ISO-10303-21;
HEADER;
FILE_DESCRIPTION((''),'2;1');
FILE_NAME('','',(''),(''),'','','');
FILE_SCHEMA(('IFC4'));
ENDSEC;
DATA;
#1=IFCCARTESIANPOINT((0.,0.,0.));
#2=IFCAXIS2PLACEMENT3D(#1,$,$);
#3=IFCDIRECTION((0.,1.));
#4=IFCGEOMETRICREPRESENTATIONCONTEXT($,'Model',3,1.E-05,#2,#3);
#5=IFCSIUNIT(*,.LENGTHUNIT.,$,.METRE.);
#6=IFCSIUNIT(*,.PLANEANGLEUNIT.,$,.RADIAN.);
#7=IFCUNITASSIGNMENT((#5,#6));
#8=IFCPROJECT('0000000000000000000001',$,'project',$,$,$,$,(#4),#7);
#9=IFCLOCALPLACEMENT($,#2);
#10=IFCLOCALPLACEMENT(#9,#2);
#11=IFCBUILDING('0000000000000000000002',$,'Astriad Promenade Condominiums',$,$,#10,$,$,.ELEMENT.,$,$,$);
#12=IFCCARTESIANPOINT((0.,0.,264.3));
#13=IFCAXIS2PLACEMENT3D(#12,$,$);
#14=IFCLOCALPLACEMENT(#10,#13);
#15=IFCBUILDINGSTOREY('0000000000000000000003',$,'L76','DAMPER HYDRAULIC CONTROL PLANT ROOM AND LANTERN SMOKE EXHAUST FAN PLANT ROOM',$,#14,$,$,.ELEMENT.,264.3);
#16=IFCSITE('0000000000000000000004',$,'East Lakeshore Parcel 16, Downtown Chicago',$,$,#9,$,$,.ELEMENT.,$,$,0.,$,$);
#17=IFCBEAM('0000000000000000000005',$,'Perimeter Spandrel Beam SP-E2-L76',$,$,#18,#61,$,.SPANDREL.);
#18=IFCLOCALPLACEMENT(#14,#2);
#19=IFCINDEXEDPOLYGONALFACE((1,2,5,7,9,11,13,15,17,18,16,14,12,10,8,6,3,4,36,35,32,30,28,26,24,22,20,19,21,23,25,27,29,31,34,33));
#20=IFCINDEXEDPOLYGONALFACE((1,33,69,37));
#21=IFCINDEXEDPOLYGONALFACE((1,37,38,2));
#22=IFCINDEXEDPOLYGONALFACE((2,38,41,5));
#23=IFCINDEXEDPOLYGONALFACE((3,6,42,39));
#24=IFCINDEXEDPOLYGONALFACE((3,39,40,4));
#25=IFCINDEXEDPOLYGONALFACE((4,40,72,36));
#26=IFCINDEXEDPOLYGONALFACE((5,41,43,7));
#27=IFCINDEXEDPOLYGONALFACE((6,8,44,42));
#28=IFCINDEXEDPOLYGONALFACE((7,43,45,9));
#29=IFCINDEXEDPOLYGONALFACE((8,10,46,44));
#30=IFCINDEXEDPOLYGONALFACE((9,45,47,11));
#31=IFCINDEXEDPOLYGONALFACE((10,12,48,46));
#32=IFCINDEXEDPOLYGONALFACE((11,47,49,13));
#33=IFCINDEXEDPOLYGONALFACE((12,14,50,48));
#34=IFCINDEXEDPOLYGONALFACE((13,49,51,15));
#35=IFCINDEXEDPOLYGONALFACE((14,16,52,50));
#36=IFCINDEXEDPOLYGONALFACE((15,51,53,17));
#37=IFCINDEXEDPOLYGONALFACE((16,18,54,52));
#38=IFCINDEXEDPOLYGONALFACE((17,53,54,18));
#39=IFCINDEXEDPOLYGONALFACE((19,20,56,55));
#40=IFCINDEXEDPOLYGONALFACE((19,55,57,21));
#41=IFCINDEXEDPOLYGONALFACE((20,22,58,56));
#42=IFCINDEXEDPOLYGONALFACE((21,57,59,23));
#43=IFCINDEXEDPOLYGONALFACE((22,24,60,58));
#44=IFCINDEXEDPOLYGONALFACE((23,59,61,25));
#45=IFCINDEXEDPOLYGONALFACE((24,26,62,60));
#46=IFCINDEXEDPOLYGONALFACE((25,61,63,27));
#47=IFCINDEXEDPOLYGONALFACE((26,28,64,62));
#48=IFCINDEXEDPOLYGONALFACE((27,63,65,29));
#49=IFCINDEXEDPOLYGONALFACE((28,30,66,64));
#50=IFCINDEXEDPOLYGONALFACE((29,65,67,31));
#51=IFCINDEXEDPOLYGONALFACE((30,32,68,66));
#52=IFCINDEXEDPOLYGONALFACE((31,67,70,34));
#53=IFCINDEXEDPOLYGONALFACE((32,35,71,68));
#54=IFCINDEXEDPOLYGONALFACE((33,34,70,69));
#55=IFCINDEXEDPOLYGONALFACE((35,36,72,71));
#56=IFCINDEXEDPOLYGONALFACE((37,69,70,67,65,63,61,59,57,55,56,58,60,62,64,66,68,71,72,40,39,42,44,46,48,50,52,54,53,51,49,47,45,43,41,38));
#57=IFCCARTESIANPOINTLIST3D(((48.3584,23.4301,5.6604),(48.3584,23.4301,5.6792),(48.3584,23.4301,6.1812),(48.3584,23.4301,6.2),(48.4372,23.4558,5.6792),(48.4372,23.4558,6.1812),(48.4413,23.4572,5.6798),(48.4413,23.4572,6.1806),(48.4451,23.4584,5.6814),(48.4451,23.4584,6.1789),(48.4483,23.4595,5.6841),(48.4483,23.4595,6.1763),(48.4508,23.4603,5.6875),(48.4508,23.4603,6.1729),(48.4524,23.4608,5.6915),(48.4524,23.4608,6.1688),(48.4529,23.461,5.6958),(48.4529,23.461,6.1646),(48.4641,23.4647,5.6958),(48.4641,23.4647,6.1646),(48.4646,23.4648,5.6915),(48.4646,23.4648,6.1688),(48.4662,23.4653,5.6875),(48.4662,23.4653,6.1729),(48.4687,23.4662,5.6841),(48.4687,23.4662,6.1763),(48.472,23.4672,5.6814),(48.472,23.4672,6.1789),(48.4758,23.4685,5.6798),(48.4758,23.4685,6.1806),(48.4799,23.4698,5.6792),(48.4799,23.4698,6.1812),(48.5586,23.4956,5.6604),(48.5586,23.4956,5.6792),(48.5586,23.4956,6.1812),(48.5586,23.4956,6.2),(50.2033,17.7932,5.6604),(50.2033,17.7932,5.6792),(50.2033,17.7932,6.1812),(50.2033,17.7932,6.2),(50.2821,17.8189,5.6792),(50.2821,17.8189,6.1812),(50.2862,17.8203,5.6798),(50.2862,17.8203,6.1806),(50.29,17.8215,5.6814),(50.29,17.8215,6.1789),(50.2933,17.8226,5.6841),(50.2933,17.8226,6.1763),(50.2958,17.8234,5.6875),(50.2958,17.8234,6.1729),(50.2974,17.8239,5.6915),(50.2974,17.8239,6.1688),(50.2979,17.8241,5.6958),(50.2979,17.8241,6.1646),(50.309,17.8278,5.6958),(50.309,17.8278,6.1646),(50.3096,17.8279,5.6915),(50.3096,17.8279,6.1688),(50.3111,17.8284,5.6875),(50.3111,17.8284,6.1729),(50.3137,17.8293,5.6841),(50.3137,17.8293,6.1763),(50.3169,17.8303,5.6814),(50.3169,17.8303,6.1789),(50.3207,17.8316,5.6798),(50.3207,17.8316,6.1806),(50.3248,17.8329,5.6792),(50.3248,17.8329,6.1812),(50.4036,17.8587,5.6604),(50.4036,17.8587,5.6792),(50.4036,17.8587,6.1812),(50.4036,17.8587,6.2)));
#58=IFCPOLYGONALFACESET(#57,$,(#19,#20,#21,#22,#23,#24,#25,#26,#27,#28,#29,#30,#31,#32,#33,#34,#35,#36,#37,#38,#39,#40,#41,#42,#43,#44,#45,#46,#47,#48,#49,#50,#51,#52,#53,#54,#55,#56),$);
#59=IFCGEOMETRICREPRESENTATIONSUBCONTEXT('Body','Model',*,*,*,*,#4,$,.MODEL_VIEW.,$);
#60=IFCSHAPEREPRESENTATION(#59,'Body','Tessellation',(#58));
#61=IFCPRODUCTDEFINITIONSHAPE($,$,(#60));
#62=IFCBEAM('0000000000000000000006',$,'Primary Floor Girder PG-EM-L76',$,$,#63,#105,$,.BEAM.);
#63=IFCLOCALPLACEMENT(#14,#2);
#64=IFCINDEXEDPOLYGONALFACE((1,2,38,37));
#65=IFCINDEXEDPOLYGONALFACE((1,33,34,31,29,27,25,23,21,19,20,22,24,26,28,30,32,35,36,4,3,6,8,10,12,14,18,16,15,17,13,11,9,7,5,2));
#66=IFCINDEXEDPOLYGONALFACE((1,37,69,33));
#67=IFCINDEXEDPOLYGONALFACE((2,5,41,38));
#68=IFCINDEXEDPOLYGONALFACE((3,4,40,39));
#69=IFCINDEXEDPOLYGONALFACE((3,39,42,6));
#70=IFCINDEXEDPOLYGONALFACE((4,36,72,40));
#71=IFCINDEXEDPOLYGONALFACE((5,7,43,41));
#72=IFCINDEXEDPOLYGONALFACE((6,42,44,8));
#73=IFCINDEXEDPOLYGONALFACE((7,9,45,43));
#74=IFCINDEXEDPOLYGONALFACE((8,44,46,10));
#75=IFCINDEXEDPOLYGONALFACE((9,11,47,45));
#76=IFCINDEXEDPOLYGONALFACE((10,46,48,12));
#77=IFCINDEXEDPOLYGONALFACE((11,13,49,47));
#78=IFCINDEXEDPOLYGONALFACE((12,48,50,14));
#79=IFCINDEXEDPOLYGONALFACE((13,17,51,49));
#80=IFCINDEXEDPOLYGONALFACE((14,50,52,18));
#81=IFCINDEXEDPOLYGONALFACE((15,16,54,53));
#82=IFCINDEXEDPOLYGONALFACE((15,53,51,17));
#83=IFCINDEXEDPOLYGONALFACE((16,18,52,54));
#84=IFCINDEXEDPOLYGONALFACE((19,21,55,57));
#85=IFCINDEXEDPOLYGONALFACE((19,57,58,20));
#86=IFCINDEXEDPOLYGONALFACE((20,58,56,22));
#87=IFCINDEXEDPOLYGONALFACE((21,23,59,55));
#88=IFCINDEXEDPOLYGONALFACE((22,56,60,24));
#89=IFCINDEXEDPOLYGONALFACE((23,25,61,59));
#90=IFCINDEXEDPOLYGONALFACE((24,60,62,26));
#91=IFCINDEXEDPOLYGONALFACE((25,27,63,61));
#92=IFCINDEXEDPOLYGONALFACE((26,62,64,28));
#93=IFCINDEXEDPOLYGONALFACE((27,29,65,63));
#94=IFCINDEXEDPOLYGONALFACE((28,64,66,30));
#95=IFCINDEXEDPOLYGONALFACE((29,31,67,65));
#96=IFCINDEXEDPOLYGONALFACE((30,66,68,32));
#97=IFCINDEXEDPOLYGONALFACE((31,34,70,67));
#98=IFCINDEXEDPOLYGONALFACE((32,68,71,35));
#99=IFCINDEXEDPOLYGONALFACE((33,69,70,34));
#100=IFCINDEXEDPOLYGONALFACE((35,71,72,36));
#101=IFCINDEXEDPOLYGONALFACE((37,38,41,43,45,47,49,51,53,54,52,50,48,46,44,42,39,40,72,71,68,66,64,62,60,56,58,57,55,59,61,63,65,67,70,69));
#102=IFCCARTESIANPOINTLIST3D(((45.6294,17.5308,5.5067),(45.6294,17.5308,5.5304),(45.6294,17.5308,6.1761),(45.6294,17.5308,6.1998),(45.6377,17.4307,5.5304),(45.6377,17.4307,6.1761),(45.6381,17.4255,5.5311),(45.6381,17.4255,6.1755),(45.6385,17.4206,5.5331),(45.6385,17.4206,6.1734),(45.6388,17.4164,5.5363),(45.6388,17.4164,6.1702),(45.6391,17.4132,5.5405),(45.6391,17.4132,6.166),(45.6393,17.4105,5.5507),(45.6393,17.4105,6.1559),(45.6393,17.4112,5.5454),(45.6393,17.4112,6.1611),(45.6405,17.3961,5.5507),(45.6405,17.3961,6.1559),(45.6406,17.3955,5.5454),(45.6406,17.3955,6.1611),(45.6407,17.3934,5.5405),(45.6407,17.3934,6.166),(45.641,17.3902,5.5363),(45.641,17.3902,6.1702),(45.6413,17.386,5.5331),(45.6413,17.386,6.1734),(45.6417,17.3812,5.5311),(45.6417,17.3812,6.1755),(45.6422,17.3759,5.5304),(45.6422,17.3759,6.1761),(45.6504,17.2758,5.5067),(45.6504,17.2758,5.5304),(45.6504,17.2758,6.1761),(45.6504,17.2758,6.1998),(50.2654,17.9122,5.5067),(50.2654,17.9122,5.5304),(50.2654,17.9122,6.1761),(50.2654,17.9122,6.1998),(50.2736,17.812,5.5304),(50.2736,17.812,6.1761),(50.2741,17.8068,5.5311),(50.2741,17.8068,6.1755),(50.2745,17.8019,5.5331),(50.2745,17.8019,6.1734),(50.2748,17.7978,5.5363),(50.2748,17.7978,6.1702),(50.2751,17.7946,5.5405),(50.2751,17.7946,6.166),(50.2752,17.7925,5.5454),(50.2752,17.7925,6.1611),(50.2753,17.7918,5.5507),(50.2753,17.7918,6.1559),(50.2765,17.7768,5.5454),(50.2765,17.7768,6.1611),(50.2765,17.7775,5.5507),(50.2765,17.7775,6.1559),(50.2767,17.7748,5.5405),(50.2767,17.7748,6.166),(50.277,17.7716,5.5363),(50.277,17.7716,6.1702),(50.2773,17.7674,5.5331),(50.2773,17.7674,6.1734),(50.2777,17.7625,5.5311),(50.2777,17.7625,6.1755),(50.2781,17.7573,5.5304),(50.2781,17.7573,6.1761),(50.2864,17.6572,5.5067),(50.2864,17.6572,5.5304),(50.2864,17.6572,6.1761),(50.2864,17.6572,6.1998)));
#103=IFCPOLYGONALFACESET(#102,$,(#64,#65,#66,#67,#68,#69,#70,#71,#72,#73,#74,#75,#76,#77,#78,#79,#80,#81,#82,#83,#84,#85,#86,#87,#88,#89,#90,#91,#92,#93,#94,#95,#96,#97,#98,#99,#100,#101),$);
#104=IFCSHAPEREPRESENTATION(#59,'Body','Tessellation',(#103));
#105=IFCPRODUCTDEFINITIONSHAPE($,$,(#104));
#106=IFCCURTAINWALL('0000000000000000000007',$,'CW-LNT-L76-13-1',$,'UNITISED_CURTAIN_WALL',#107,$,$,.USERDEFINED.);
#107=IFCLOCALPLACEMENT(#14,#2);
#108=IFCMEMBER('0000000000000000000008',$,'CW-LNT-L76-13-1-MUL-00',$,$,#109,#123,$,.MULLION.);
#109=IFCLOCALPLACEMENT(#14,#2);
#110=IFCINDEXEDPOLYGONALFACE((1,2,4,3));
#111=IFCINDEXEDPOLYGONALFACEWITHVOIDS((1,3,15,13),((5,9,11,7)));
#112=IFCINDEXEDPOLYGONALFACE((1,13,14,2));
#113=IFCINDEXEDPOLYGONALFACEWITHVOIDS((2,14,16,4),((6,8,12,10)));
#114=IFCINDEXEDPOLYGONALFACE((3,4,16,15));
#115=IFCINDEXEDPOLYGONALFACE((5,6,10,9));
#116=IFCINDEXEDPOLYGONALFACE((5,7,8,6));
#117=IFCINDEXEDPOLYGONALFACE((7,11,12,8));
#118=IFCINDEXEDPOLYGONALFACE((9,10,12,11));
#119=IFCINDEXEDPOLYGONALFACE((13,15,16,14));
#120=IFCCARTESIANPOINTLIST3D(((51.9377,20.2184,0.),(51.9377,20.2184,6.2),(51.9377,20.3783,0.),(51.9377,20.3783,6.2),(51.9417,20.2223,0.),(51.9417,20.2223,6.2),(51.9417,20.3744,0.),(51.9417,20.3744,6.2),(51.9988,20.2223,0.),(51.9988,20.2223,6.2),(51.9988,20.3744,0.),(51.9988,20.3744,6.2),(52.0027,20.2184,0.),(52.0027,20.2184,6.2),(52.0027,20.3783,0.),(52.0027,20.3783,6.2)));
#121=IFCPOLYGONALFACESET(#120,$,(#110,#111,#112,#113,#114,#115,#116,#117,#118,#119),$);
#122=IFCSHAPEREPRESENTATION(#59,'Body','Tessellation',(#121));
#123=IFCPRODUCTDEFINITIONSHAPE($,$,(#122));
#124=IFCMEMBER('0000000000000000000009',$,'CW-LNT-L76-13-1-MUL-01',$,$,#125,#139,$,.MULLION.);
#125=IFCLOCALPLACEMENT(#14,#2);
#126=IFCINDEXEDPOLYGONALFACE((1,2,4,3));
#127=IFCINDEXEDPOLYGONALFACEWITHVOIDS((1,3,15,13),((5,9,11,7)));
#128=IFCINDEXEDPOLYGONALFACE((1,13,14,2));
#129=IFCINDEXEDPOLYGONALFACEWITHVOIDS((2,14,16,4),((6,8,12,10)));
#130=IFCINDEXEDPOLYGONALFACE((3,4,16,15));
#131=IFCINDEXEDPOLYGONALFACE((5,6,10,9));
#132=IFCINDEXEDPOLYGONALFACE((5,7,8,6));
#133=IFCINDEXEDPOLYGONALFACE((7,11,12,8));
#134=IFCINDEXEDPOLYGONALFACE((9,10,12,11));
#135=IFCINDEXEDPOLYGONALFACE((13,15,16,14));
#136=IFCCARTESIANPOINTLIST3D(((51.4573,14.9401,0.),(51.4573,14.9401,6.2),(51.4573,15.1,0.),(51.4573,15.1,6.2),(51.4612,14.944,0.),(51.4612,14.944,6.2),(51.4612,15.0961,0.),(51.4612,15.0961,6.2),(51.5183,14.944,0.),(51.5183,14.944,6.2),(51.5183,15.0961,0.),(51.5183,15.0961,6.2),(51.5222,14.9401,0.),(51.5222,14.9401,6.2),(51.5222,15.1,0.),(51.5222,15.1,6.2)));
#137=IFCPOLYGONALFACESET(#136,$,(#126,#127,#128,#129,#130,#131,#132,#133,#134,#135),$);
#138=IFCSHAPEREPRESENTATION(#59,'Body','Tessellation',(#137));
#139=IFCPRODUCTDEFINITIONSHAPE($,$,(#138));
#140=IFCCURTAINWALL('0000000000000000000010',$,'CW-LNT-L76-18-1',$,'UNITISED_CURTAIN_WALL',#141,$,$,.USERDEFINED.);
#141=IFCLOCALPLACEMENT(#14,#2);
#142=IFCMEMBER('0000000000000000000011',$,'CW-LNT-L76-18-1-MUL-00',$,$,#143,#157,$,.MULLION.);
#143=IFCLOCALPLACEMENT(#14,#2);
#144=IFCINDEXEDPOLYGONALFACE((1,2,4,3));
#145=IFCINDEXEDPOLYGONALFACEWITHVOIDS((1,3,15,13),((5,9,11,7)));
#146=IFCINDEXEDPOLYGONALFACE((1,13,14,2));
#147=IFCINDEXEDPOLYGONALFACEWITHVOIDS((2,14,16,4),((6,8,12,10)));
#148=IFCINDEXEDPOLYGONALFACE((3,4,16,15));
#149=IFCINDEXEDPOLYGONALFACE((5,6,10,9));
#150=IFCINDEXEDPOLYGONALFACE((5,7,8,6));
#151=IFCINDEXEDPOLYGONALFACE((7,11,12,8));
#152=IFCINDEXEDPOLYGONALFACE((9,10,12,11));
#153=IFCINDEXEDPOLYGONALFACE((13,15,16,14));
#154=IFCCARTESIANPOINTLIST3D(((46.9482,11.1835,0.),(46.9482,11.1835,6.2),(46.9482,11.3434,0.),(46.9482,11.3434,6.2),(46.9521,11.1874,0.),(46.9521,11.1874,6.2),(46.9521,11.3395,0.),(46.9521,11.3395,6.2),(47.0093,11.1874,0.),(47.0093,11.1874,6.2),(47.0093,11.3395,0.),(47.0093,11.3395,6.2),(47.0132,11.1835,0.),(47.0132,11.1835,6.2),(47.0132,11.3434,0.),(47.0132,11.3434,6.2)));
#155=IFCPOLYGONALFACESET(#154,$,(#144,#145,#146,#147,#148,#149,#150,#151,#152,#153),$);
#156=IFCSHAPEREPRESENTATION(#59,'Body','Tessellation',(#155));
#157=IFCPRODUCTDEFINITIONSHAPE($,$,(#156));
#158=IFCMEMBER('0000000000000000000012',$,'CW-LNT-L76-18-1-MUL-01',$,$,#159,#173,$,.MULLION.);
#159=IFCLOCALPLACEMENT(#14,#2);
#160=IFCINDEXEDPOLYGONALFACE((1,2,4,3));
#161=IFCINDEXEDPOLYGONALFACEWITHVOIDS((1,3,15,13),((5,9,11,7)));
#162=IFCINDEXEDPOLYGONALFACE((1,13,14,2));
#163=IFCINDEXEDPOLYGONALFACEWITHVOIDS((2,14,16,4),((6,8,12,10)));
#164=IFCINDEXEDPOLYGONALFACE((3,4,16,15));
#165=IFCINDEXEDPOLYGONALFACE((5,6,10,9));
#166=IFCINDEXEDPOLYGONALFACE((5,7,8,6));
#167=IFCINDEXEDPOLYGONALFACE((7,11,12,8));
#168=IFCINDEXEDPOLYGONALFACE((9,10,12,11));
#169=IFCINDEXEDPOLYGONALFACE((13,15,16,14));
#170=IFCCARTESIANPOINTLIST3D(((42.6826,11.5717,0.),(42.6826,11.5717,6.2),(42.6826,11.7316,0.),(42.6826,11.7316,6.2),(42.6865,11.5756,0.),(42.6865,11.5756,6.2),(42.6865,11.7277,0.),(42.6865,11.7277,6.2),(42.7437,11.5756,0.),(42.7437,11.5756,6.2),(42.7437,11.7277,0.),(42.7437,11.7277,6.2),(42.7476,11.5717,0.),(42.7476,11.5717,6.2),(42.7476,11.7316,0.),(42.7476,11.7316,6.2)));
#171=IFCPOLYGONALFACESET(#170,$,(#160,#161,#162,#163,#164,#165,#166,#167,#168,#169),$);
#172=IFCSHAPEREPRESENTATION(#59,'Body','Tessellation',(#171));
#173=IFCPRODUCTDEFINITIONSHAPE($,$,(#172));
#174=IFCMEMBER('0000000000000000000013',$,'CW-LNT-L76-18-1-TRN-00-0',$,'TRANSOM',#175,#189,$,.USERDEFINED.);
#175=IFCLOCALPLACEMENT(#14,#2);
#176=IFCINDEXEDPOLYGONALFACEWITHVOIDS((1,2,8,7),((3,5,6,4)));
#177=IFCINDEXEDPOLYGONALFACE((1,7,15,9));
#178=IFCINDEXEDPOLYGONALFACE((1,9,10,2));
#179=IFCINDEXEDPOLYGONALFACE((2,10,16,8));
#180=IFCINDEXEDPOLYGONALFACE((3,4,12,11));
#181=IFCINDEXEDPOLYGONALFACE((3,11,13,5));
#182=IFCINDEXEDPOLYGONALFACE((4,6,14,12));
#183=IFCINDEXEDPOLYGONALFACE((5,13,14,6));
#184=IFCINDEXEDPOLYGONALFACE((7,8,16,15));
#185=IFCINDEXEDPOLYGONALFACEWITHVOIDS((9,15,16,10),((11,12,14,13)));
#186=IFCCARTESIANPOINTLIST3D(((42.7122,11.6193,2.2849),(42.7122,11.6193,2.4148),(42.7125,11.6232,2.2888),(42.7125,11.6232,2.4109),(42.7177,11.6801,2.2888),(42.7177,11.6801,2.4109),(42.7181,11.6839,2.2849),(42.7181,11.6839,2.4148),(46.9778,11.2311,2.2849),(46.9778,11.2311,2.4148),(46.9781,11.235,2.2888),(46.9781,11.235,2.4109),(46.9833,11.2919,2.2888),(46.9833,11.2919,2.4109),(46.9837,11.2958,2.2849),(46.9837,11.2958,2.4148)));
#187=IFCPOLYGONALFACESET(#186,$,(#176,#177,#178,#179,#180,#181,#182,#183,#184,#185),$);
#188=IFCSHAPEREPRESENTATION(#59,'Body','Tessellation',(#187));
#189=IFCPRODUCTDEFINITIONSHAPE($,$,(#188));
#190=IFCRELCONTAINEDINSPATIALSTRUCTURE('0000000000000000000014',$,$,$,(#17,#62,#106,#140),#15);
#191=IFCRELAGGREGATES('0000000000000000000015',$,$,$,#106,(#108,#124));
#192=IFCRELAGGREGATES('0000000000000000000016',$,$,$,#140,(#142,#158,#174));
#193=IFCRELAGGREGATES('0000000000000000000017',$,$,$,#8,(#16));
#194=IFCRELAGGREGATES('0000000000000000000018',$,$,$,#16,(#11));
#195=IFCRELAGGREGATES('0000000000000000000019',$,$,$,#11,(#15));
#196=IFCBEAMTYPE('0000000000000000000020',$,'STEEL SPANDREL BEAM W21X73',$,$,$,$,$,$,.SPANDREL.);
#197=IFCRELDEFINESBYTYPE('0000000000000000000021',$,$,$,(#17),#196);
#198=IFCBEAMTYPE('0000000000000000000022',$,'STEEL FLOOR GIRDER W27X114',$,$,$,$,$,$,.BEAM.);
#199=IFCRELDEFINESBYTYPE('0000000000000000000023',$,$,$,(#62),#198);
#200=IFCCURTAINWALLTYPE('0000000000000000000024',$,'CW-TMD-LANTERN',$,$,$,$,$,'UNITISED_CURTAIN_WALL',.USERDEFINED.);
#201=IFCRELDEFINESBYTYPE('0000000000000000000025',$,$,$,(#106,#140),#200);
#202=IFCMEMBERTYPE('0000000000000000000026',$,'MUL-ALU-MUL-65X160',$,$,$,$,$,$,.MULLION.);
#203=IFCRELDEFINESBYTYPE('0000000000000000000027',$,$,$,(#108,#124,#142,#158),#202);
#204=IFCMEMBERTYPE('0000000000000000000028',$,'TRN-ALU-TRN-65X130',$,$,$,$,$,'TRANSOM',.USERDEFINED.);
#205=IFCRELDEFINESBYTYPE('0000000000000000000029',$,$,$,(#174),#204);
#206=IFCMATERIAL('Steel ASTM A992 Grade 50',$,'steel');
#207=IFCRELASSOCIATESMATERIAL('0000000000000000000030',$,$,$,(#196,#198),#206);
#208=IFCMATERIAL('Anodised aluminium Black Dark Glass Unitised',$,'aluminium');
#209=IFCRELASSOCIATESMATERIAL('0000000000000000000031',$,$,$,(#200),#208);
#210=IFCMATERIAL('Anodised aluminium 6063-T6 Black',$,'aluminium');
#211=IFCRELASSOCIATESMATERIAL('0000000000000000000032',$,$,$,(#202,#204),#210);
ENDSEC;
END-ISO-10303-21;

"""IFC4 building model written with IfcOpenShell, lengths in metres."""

from ifc_helpers import new_model, si_unit, direction, frame, origin, origin_2d, place, context, subcontext, project, spatial, hollow_rectangle, i_section, extrude, source, transform, mapped, material, material_profile, profile_set, type_object, type_shapes, element, aggregate, save


model = new_model("IFC4")

# Units and contexts
model_context = context("Model", 3, precision=1e-05, world=origin(), true_north=direction((0.0, 1.0)))
body_context = subcontext(model_context, "Body", "Model", "MODEL_VIEW")
ifc_project = project(units=[si_unit("LENGTHUNIT", "METRE"), si_unit("PLANEANGLEUNIT", "RADIAN")], contexts=[model_context])

# Site, building, storey
site_placement = place(None, origin())
site = spatial("IfcSite", under=ifc_project, at=site_placement, Name="East Lakeshore Parcel 16, Downtown Chicago", CompositionType="ELEMENT", RefElevation=0.0)
building_placement = place(site_placement, origin())
building = spatial("IfcBuilding", under=site, at=building_placement, Name="Astriad Promenade Condominiums", CompositionType="ELEMENT")
storey_placement = place(building_placement, frame((0.0, 0.0, 264.3)))
storey = spatial("IfcBuildingStorey", under=building, at=storey_placement, Name="L76", Description="DAMPER HYDRAULIC CONTROL PLANT ROOM AND LANTERN SMOKE EXHAUST FAN PLANT ROOM", CompositionType="ELEMENT", Elevation=264.3)

# Shared definitions
ifc_material_1 = material(Name="Steel ASTM A992 Grade 50", Category="steel")

# Beams
ifc_material_profile_1 = material_profile(ifc_material_1, i_section(OverallWidth=0.2107, OverallDepth=0.5396, WebThickness=0.0117, FlangeThickness=0.0188, FilletRadius=0.0166, at=origin_2d()), Name="W21X73")
ifc_profile_set_1 = profile_set([ifc_material_profile_1], Name="Steel ASTM A992 Grade 50")
beam_type_1 = type_object("IfcBeamType", Name="STEEL SPANDREL BEAM W21X73", PredefinedType="SPANDREL", material=ifc_profile_set_1)
shared_shape_1 = source(origin(), body_context, "Body", "SweptSolid", [
    extrude(i_section(OverallWidth=0.2107, OverallDepth=0.5396, WebThickness=0.0117, FlangeThickness=0.0188, FilletRadius=0.0166, at=origin_2d()), origin(), (0.0, 0.0, 1.0), 5.9312),
])
type_shapes(beam_type_1, [shared_shape_1])
for number, where, z_axis, x_axis, name in (
    (1, (50.3035, 17.8259, 5.9302), (-0.311061, 0.95039, 0.0), (-0.95039, -0.311061, 0.0), "Perimeter Spandrel Beam SP-E2-L76"),
):
    element("IfcBeam", number, at=place(storey_placement, frame(where, z_axis=z_axis, x_axis=x_axis)), inside=storey, type_object=beam_type_1, Name=name, PredefinedType="SPANDREL", context=body_context, shape_type="MappedRepresentation", body=[
        mapped(shared_shape_1, transform((0.0, 0.0, 0.0), scale=1.0)),
    ])
ifc_material_profile_2 = material_profile(ifc_material_1, i_section(OverallWidth=0.2559, OverallDepth=0.6931, WebThickness=0.0144, FlangeThickness=0.0237, FilletRadius=0.0203, at=origin_2d()), Name="W27X114")
ifc_profile_set_2 = profile_set([ifc_material_profile_2], Name="Steel ASTM A992 Grade 50")
beam_type_2 = type_object("IfcBeamType", Name="STEEL FLOOR GIRDER W27X114", PredefinedType="BEAM", material=ifc_profile_set_2)
shared_shape_2 = source(origin(), body_context, "Body", "SweptSolid", [
    extrude(i_section(OverallWidth=0.2559, OverallDepth=0.6931, WebThickness=0.0144, FlangeThickness=0.0237, FilletRadius=0.0203, at=origin_2d()), origin(), (0.0, 0.0, 1.0), 4.6516),
])
type_shapes(beam_type_2, [shared_shape_2])
beam_1_placement = place(storey_placement, frame((50.2759, 17.7847, 5.8533), z_axis=(-0.996634, -0.081981, 0.0), x_axis=(0.081981, -0.996634, 0.0)))
element("IfcBeam", 2, at=beam_1_placement, inside=storey, type_object=beam_type_2, Name="Primary Floor Girder PG-EM-L76", PredefinedType="BEAM", context=body_context, shape_type="MappedRepresentation", body=[
    mapped(shared_shape_2, transform((0.0, 0.0, 0.0), scale=1.0)),
])

# Curtain walls, members
ifc_material_2 = material(Name="Anodised aluminium Black Dark Glass Unitised", Category="aluminium")
curtain_wall_type = type_object("IfcCurtainWallType", Name="CW-TMD-LANTERN", ElementType="UNITISED_CURTAIN_WALL", PredefinedType="USERDEFINED", material=ifc_material_2)
curtain_wall_1_placement = place(storey_placement, origin())
curtain_wall_1 = element("IfcCurtainWall", 3, at=curtain_wall_1_placement, inside=storey, type_object=curtain_wall_type, Name="CW-LNT-L76-13-1", ObjectType="UNITISED_CURTAIN_WALL", PredefinedType="USERDEFINED")
ifc_material_3 = material(Name="Anodised aluminium 6063-T6 Black", Category="aluminium")
ifc_material_profile_3 = material_profile(ifc_material_3, hollow_rectangle(XDim=0.0649, YDim=0.1599, WallThickness=0.0039, at=origin_2d()), Name="ALU-MUL-65X160")
ifc_profile_set_3 = profile_set([ifc_material_profile_3], Name="Anodised aluminium 6063-T6 Black")
member_type_1 = type_object("IfcMemberType", Name="MUL-ALU-MUL-65X160", PredefinedType="MULLION", material=ifc_profile_set_3)
shared_shape_3 = source(origin(), body_context, "Body", "SweptSolid", [
    extrude(hollow_rectangle(XDim=0.0649, YDim=0.1599, WallThickness=0.0039, at=origin_2d()), origin(), (0.0, 0.0, 1.0), 6.2),
])
type_shapes(member_type_1, [shared_shape_3])
member_1_placement = place(storey_placement, frame((51.9702, 20.2983, 0.0), z_axis=(0.0, 0.0, 1.0), x_axis=(1.0, 0.0, 0.0)))
member_1 = element("IfcMember", 4, at=member_1_placement, type_object=member_type_1, Name="CW-LNT-L76-13-1-MUL-00", PredefinedType="MULLION", context=body_context, shape_type="MappedRepresentation", body=[
    mapped(shared_shape_3, transform((0.0, 0.0, 0.0), scale=1.0)),
])
member_2_placement = place(storey_placement, frame((51.4897, 15.02, 0.0), z_axis=(0.0, 0.0, 1.0), x_axis=(1.0, 0.0, 0.0)))
member_2 = element("IfcMember", 5, at=member_2_placement, type_object=member_type_1, Name="CW-LNT-L76-13-1-MUL-01", PredefinedType="MULLION", context=body_context, shape_type="MappedRepresentation", body=[
    mapped(shared_shape_3, transform((0.0, 0.0, 0.0), scale=1.0)),
])
curtain_wall_2_placement = place(storey_placement, origin())
curtain_wall_2 = element("IfcCurtainWall", 6, at=curtain_wall_2_placement, inside=storey, type_object=curtain_wall_type, Name="CW-LNT-L76-18-1", ObjectType="UNITISED_CURTAIN_WALL", PredefinedType="USERDEFINED")
member_3_placement = place(storey_placement, frame((46.9807, 11.2634, 0.0), z_axis=(0.0, 0.0, 1.0), x_axis=(1.0, 0.0, 0.0)))
member_3 = element("IfcMember", 7, at=member_3_placement, type_object=member_type_1, Name="CW-LNT-L76-18-1-MUL-00", PredefinedType="MULLION", context=body_context, shape_type="MappedRepresentation", body=[
    mapped(shared_shape_3, transform((0.0, 0.0, 0.0), scale=1.0)),
])
member_4_placement = place(storey_placement, frame((42.7151, 11.6516, 0.0), z_axis=(0.0, 0.0, 1.0), x_axis=(1.0, 0.0, 0.0)))
member_4 = element("IfcMember", 8, at=member_4_placement, type_object=member_type_1, Name="CW-LNT-L76-18-1-MUL-01", PredefinedType="MULLION", context=body_context, shape_type="MappedRepresentation", body=[
    mapped(shared_shape_3, transform((0.0, 0.0, 0.0), scale=1.0)),
])
ifc_material_profile_4 = material_profile(ifc_material_3, hollow_rectangle(XDim=0.0649, YDim=0.1299, WallThickness=0.0039, at=origin_2d()), Name="ALU-TRN-65X130")
ifc_profile_set_4 = profile_set([ifc_material_profile_4], Name="Anodised aluminium 6063-T6 Black")
member_type_2 = type_object("IfcMemberType", Name="TRN-ALU-TRN-65X130", ElementType="TRANSOM", PredefinedType="USERDEFINED", material=ifc_profile_set_4)
shared_shape_4 = source(origin(), body_context, "Body", "SweptSolid", [
    extrude(hollow_rectangle(XDim=0.0649, YDim=0.1299, WallThickness=0.0039, at=origin_2d()), origin(), (0.0, 0.0, 1.0), 4.2832),
])
type_shapes(member_type_2, [shared_shape_4])
member_5_placement = place(storey_placement, frame((46.9807, 11.2634, 2.3499), z_axis=(-0.995885, 0.090628, 0.0), x_axis=(-0.090628, -0.995885, 0.0)))
member_5 = element("IfcMember", 9, at=member_5_placement, type_object=member_type_2, Name="CW-LNT-L76-18-1-TRN-00-0", ObjectType="TRANSOM", PredefinedType="USERDEFINED", context=body_context, shape_type="MappedRepresentation", body=[
    mapped(shared_shape_4, transform((0.0, 0.0, 0.0), scale=1.0)),
])

aggregate(curtain_wall_1, [member_1, member_2])
aggregate(curtain_wall_2, [member_3, member_4, member_5])

save(model, "model.ifc")
